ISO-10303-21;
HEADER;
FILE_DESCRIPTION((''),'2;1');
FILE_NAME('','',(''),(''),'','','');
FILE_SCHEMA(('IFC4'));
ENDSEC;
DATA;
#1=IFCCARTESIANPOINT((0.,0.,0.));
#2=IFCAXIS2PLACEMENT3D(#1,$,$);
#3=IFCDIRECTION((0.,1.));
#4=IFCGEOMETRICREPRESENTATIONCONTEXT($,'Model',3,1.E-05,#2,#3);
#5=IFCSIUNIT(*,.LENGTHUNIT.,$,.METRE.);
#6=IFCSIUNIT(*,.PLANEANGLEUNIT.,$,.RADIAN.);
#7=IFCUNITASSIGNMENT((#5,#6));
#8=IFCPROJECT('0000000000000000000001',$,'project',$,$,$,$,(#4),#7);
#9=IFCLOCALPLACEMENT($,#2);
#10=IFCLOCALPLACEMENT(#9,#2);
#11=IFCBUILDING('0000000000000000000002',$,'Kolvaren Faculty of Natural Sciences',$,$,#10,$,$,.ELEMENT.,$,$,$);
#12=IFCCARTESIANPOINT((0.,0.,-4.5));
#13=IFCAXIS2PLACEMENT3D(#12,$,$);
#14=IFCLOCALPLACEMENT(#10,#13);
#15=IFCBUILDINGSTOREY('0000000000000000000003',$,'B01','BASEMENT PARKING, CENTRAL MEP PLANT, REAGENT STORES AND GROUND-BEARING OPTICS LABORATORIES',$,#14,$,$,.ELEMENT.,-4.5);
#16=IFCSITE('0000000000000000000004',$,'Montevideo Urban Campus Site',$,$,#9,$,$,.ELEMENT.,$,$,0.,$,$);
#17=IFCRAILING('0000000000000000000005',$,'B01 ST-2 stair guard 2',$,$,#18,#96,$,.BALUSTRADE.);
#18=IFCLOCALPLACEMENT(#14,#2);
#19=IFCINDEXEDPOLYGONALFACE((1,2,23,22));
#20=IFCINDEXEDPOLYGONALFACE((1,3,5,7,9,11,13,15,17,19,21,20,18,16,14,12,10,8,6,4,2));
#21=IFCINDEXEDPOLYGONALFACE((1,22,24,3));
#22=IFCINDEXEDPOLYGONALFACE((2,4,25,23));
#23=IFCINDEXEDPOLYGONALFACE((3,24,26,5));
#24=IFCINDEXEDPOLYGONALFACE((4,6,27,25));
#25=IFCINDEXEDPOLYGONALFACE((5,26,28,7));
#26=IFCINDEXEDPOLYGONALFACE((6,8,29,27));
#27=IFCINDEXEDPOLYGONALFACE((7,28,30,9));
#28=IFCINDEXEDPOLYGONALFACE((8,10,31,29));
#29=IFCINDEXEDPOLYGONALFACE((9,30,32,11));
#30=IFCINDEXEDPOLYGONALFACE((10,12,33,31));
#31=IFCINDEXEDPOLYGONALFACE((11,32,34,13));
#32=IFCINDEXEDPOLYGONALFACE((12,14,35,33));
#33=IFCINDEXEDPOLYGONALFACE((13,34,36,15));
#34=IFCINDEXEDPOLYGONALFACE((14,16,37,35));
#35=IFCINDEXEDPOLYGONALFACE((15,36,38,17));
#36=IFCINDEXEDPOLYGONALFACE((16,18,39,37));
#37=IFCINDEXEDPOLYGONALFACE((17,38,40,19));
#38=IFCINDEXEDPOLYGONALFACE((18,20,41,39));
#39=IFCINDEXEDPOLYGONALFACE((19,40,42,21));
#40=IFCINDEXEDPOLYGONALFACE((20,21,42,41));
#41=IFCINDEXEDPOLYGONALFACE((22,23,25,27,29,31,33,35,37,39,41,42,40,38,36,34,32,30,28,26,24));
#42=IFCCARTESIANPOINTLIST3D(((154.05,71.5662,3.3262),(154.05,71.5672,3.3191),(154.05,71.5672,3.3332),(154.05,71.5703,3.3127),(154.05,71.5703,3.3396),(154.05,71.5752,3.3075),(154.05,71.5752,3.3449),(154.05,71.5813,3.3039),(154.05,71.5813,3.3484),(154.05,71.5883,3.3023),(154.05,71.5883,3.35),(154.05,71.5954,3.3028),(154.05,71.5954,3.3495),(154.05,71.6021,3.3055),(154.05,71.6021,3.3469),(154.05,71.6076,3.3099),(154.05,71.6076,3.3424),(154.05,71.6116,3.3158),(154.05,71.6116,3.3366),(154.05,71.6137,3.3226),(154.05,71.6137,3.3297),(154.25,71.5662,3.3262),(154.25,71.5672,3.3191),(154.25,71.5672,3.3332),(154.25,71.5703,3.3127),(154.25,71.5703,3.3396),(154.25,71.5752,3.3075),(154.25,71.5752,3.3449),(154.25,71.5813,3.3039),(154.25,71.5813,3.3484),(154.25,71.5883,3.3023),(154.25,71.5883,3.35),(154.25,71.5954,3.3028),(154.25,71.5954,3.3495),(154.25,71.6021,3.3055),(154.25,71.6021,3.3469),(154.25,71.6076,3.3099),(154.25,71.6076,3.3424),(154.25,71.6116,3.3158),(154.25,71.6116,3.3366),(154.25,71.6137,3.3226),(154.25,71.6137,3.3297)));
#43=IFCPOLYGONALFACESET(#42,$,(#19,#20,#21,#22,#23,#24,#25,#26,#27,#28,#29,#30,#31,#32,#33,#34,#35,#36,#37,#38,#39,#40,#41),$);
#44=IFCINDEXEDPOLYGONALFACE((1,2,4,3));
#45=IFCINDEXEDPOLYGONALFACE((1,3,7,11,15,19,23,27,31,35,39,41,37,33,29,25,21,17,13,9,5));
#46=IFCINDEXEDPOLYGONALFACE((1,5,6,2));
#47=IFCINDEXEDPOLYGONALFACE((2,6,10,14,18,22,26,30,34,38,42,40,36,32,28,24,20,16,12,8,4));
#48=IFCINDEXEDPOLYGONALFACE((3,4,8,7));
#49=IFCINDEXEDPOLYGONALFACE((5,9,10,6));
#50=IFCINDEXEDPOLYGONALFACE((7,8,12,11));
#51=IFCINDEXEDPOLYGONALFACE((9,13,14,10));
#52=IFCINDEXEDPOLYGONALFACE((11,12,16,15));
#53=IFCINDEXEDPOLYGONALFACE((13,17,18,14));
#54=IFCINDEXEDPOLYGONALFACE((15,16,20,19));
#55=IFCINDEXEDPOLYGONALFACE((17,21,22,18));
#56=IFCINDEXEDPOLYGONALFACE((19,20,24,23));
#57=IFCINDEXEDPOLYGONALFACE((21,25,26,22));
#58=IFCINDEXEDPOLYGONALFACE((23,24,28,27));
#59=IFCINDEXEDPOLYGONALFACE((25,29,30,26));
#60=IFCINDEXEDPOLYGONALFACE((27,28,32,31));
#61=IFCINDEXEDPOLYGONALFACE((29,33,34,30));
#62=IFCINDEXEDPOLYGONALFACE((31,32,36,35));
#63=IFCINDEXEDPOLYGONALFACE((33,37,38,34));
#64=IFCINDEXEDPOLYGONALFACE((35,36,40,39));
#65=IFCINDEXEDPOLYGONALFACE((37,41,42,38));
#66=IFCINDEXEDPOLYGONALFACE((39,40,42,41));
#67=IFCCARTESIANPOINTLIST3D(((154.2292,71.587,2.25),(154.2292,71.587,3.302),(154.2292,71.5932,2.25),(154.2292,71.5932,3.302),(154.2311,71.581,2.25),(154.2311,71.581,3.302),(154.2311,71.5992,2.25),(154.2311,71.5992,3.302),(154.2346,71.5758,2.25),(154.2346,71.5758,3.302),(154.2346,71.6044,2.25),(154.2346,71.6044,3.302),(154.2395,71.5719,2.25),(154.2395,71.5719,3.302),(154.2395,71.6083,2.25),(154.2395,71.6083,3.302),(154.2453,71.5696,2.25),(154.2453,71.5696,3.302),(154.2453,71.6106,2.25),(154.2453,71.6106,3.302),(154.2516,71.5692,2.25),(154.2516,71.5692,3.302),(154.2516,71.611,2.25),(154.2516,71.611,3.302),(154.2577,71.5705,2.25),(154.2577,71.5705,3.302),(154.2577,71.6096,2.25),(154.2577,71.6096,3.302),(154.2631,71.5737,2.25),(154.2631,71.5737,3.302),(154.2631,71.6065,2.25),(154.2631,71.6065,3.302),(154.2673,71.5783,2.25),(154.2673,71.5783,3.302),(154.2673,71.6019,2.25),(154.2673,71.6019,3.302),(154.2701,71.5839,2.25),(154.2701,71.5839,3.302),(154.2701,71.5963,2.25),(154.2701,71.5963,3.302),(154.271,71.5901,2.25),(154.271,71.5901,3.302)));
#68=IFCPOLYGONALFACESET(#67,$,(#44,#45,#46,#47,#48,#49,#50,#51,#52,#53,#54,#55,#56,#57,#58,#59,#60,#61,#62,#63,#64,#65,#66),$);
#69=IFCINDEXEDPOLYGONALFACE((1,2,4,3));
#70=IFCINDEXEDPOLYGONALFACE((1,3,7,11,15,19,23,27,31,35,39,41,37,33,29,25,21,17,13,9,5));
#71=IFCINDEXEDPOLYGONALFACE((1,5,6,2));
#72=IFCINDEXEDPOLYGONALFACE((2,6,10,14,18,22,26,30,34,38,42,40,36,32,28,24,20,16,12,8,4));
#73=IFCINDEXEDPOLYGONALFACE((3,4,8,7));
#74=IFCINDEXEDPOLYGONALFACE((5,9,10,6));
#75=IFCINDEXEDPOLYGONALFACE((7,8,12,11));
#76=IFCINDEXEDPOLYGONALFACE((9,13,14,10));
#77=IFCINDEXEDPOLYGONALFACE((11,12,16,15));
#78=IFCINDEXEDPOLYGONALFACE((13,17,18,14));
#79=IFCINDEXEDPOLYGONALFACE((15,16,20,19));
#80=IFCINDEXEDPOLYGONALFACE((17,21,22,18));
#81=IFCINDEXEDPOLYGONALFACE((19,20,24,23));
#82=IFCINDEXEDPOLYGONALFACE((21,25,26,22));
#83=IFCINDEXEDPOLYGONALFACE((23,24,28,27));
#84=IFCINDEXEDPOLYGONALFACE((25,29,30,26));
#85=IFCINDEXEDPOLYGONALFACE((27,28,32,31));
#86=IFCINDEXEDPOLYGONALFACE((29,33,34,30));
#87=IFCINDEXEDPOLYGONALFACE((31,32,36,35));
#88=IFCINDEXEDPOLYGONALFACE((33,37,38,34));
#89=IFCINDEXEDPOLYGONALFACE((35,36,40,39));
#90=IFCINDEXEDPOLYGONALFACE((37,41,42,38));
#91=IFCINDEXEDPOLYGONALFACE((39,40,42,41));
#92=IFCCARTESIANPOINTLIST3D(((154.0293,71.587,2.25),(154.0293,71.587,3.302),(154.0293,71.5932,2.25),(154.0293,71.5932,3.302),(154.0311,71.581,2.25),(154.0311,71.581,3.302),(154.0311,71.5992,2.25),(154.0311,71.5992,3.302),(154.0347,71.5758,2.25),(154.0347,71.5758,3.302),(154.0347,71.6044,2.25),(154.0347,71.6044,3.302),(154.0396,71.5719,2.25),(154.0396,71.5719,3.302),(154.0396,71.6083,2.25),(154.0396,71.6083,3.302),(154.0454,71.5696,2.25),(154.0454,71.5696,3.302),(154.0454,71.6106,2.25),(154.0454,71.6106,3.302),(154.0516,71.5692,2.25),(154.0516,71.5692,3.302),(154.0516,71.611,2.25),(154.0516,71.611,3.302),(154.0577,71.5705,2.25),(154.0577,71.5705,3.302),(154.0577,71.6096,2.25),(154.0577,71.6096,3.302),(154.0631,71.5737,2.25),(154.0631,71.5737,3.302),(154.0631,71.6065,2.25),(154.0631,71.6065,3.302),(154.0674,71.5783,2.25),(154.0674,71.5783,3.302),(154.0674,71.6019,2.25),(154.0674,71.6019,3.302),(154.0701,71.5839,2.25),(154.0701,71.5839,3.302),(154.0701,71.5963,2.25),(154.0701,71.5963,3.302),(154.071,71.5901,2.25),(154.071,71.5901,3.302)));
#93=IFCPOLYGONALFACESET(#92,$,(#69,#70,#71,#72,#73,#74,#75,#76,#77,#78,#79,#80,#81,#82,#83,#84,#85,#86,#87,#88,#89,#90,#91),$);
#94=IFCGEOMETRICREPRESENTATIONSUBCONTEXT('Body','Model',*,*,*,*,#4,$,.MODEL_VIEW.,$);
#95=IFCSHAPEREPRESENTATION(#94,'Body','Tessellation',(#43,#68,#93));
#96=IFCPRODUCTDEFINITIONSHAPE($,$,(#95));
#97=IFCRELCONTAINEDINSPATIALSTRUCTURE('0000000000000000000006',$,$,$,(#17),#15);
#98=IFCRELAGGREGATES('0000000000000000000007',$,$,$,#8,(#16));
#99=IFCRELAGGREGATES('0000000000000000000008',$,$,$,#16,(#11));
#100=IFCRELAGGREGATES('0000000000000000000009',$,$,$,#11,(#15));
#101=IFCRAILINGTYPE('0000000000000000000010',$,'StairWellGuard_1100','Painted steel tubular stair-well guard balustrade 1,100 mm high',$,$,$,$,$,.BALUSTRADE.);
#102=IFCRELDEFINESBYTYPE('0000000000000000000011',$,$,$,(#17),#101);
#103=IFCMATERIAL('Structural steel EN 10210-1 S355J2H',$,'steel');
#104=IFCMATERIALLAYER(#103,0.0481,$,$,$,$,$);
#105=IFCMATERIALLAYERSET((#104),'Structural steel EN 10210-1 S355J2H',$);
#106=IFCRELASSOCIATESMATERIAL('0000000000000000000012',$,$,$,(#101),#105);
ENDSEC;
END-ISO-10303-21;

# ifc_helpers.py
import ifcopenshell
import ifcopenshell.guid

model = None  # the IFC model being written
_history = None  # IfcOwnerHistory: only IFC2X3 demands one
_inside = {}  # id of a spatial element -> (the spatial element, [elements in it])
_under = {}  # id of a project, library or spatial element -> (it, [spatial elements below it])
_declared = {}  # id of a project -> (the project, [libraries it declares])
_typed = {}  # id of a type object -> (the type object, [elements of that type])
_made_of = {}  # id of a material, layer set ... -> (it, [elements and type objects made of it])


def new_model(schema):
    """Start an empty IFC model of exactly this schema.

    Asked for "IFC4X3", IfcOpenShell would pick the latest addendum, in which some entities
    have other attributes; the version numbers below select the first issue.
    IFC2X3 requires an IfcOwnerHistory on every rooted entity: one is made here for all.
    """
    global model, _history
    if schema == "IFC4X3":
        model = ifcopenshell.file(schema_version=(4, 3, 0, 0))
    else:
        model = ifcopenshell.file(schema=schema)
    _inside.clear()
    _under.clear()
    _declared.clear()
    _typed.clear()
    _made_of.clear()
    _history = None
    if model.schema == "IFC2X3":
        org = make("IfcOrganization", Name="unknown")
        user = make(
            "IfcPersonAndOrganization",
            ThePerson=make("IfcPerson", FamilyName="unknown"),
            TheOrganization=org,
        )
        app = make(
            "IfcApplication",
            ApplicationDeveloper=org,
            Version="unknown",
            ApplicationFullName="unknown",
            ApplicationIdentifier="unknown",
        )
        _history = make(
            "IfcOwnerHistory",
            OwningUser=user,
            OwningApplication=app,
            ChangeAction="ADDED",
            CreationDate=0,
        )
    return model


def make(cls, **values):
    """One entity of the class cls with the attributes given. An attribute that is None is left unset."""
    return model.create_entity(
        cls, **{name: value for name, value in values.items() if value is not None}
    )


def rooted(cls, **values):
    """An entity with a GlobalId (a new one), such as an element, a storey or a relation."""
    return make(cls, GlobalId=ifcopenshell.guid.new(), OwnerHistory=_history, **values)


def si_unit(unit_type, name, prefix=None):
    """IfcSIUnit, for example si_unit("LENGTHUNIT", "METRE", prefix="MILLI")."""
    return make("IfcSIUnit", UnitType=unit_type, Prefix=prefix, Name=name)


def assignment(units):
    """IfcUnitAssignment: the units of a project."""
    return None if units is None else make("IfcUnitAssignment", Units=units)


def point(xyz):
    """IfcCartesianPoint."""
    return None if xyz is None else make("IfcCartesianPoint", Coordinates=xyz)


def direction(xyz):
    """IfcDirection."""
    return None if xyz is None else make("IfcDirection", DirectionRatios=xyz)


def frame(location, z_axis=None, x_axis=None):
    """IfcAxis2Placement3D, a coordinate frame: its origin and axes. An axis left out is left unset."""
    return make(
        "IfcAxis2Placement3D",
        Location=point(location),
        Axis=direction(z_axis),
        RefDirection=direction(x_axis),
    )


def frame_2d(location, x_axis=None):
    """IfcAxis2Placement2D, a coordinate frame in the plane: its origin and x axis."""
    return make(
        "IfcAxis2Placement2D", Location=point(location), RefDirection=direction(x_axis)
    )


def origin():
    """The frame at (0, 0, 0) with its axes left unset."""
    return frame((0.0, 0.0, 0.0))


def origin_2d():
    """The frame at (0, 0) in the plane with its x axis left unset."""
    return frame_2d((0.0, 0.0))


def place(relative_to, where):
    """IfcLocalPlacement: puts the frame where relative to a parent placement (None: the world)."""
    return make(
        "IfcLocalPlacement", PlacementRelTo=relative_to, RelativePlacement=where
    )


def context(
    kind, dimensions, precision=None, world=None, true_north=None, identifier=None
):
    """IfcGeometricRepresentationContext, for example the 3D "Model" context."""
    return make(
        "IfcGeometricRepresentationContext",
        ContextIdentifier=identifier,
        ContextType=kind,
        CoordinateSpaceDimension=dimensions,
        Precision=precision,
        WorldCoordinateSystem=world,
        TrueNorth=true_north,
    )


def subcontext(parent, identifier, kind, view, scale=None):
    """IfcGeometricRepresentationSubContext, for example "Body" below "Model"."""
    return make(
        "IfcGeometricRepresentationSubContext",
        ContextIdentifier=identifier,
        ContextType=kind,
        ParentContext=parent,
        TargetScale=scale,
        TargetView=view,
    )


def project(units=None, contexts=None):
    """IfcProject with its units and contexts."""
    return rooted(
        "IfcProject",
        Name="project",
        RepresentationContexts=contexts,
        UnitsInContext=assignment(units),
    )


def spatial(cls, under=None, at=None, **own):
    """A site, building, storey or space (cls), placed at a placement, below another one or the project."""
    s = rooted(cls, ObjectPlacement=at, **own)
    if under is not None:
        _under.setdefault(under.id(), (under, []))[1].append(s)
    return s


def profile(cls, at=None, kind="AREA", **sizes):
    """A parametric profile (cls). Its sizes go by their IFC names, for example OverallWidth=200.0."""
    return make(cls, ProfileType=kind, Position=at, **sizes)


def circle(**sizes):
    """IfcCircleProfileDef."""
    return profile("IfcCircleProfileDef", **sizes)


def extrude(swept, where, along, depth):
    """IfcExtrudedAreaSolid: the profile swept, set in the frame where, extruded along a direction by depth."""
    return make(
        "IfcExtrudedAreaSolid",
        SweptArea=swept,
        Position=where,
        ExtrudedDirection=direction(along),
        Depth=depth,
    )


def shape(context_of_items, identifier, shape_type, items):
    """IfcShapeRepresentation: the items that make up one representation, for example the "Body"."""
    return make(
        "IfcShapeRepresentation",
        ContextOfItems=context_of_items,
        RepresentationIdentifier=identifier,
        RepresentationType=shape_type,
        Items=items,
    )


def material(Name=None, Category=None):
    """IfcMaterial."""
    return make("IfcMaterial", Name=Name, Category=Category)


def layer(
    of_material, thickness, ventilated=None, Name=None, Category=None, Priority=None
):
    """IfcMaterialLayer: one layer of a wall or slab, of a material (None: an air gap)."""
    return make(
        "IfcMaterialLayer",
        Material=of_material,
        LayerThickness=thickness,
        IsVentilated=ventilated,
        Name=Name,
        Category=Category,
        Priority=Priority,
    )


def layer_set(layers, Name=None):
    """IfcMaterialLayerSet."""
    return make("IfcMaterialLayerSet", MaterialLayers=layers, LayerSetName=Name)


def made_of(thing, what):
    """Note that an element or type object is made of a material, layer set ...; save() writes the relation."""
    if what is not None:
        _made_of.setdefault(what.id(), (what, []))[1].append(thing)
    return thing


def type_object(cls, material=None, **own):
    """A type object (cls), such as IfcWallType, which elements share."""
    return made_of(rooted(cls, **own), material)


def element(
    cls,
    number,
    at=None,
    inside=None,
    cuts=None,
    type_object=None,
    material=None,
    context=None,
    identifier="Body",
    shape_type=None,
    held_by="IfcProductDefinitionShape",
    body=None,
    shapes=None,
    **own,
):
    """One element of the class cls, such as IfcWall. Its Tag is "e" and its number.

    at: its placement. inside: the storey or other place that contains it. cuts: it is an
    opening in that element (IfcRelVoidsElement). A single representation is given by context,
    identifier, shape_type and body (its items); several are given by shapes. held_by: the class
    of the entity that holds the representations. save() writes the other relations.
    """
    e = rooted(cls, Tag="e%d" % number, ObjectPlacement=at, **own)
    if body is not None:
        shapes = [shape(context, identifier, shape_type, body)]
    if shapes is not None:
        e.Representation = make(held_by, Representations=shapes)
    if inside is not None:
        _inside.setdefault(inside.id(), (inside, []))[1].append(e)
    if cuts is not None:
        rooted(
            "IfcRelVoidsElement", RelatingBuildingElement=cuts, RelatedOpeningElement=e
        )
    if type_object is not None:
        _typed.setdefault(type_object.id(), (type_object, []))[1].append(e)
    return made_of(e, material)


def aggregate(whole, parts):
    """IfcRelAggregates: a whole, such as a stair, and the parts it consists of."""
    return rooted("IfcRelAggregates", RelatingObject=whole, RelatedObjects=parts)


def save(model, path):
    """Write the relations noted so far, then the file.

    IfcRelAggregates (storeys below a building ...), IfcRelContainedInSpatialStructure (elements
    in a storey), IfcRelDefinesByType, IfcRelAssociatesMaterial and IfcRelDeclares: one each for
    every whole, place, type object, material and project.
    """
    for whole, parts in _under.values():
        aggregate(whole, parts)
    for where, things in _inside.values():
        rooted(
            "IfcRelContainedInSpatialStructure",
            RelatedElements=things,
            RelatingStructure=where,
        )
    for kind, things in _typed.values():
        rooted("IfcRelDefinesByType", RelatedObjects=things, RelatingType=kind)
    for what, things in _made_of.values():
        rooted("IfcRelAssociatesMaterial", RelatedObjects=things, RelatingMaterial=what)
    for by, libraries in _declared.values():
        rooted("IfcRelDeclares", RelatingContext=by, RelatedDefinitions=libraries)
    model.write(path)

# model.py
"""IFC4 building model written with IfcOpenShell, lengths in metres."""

from ifc_helpers import new_model, si_unit, direction, frame, origin, origin_2d, place, context, subcontext, project, spatial, circle, extrude, material, layer, layer_set, type_object, element, save


model = new_model("IFC4")

# Units and contexts
model_context = context("Model", 3, precision=1e-05, world=origin(), true_north=direction((0.0, 1.0)))
body_context = subcontext(model_context, "Body", "Model", "MODEL_VIEW")
ifc_project = project(units=[si_unit("LENGTHUNIT", "METRE"), si_unit("PLANEANGLEUNIT", "RADIAN")], contexts=[model_context])

# Site, building, storey
site_placement = place(None, origin())
site = spatial("IfcSite", under=ifc_project, at=site_placement, Name="Montevideo Urban Campus Site", CompositionType="ELEMENT", RefElevation=0.0)
building_placement = place(site_placement, origin())
building = spatial("IfcBuilding", under=site, at=building_placement, Name="Kolvaren Faculty of Natural Sciences", CompositionType="ELEMENT")
storey_placement = place(building_placement, frame((0.0, 0.0, -4.5)))
storey = spatial("IfcBuildingStorey", under=building, at=storey_placement, Name="B01", Description="BASEMENT PARKING, CENTRAL MEP PLANT, REAGENT STORES AND GROUND-BEARING OPTICS LABORATORIES", CompositionType="ELEMENT", Elevation=-4.5)

# Railing
ifc_material_1 = material(Name="Structural steel EN 10210-1 S355J2H", Category="steel")
ifc_layer_1 = layer(ifc_material_1, 0.0481)
ifc_layer_set_1 = layer_set([ifc_layer_1], Name="Structural steel EN 10210-1 S355J2H")
railing_type_1 = type_object("IfcRailingType", Name="StairWellGuard_1100", Description="Painted steel tubular stair-well guard balustrade 1,100 mm high", PredefinedType="BALUSTRADE", material=ifc_layer_set_1)
railing_1_placement = place(storey_placement, frame((154.25, 71.5901, 2.25)))
element("IfcRailing", 1, at=railing_1_placement, inside=storey, type_object=railing_type_1, Name="B01 ST-2 stair guard 2", PredefinedType="BALUSTRADE", context=body_context, shape_type="SweptSolid", body=[
    extrude(circle(Radius=0.0239, at=origin_2d()), frame((0.0, 0.0, 1.0762), z_axis=(-1.0, 0.0, 0.0), x_axis=(0.0, -1.0, 0.0)), (0.0, 0.0, 1.0), 0.2),
    extrude(circle(Radius=0.021, at=origin_2d()), origin(), (0.0, 0.0, 1.0), 1.052),
    extrude(circle(Radius=0.021, at=origin_2d()), frame((-0.2, 0.0, 0.0)), (0.0, 0.0, 1.0), 1.052),
])

save(model, "model.ifc")
